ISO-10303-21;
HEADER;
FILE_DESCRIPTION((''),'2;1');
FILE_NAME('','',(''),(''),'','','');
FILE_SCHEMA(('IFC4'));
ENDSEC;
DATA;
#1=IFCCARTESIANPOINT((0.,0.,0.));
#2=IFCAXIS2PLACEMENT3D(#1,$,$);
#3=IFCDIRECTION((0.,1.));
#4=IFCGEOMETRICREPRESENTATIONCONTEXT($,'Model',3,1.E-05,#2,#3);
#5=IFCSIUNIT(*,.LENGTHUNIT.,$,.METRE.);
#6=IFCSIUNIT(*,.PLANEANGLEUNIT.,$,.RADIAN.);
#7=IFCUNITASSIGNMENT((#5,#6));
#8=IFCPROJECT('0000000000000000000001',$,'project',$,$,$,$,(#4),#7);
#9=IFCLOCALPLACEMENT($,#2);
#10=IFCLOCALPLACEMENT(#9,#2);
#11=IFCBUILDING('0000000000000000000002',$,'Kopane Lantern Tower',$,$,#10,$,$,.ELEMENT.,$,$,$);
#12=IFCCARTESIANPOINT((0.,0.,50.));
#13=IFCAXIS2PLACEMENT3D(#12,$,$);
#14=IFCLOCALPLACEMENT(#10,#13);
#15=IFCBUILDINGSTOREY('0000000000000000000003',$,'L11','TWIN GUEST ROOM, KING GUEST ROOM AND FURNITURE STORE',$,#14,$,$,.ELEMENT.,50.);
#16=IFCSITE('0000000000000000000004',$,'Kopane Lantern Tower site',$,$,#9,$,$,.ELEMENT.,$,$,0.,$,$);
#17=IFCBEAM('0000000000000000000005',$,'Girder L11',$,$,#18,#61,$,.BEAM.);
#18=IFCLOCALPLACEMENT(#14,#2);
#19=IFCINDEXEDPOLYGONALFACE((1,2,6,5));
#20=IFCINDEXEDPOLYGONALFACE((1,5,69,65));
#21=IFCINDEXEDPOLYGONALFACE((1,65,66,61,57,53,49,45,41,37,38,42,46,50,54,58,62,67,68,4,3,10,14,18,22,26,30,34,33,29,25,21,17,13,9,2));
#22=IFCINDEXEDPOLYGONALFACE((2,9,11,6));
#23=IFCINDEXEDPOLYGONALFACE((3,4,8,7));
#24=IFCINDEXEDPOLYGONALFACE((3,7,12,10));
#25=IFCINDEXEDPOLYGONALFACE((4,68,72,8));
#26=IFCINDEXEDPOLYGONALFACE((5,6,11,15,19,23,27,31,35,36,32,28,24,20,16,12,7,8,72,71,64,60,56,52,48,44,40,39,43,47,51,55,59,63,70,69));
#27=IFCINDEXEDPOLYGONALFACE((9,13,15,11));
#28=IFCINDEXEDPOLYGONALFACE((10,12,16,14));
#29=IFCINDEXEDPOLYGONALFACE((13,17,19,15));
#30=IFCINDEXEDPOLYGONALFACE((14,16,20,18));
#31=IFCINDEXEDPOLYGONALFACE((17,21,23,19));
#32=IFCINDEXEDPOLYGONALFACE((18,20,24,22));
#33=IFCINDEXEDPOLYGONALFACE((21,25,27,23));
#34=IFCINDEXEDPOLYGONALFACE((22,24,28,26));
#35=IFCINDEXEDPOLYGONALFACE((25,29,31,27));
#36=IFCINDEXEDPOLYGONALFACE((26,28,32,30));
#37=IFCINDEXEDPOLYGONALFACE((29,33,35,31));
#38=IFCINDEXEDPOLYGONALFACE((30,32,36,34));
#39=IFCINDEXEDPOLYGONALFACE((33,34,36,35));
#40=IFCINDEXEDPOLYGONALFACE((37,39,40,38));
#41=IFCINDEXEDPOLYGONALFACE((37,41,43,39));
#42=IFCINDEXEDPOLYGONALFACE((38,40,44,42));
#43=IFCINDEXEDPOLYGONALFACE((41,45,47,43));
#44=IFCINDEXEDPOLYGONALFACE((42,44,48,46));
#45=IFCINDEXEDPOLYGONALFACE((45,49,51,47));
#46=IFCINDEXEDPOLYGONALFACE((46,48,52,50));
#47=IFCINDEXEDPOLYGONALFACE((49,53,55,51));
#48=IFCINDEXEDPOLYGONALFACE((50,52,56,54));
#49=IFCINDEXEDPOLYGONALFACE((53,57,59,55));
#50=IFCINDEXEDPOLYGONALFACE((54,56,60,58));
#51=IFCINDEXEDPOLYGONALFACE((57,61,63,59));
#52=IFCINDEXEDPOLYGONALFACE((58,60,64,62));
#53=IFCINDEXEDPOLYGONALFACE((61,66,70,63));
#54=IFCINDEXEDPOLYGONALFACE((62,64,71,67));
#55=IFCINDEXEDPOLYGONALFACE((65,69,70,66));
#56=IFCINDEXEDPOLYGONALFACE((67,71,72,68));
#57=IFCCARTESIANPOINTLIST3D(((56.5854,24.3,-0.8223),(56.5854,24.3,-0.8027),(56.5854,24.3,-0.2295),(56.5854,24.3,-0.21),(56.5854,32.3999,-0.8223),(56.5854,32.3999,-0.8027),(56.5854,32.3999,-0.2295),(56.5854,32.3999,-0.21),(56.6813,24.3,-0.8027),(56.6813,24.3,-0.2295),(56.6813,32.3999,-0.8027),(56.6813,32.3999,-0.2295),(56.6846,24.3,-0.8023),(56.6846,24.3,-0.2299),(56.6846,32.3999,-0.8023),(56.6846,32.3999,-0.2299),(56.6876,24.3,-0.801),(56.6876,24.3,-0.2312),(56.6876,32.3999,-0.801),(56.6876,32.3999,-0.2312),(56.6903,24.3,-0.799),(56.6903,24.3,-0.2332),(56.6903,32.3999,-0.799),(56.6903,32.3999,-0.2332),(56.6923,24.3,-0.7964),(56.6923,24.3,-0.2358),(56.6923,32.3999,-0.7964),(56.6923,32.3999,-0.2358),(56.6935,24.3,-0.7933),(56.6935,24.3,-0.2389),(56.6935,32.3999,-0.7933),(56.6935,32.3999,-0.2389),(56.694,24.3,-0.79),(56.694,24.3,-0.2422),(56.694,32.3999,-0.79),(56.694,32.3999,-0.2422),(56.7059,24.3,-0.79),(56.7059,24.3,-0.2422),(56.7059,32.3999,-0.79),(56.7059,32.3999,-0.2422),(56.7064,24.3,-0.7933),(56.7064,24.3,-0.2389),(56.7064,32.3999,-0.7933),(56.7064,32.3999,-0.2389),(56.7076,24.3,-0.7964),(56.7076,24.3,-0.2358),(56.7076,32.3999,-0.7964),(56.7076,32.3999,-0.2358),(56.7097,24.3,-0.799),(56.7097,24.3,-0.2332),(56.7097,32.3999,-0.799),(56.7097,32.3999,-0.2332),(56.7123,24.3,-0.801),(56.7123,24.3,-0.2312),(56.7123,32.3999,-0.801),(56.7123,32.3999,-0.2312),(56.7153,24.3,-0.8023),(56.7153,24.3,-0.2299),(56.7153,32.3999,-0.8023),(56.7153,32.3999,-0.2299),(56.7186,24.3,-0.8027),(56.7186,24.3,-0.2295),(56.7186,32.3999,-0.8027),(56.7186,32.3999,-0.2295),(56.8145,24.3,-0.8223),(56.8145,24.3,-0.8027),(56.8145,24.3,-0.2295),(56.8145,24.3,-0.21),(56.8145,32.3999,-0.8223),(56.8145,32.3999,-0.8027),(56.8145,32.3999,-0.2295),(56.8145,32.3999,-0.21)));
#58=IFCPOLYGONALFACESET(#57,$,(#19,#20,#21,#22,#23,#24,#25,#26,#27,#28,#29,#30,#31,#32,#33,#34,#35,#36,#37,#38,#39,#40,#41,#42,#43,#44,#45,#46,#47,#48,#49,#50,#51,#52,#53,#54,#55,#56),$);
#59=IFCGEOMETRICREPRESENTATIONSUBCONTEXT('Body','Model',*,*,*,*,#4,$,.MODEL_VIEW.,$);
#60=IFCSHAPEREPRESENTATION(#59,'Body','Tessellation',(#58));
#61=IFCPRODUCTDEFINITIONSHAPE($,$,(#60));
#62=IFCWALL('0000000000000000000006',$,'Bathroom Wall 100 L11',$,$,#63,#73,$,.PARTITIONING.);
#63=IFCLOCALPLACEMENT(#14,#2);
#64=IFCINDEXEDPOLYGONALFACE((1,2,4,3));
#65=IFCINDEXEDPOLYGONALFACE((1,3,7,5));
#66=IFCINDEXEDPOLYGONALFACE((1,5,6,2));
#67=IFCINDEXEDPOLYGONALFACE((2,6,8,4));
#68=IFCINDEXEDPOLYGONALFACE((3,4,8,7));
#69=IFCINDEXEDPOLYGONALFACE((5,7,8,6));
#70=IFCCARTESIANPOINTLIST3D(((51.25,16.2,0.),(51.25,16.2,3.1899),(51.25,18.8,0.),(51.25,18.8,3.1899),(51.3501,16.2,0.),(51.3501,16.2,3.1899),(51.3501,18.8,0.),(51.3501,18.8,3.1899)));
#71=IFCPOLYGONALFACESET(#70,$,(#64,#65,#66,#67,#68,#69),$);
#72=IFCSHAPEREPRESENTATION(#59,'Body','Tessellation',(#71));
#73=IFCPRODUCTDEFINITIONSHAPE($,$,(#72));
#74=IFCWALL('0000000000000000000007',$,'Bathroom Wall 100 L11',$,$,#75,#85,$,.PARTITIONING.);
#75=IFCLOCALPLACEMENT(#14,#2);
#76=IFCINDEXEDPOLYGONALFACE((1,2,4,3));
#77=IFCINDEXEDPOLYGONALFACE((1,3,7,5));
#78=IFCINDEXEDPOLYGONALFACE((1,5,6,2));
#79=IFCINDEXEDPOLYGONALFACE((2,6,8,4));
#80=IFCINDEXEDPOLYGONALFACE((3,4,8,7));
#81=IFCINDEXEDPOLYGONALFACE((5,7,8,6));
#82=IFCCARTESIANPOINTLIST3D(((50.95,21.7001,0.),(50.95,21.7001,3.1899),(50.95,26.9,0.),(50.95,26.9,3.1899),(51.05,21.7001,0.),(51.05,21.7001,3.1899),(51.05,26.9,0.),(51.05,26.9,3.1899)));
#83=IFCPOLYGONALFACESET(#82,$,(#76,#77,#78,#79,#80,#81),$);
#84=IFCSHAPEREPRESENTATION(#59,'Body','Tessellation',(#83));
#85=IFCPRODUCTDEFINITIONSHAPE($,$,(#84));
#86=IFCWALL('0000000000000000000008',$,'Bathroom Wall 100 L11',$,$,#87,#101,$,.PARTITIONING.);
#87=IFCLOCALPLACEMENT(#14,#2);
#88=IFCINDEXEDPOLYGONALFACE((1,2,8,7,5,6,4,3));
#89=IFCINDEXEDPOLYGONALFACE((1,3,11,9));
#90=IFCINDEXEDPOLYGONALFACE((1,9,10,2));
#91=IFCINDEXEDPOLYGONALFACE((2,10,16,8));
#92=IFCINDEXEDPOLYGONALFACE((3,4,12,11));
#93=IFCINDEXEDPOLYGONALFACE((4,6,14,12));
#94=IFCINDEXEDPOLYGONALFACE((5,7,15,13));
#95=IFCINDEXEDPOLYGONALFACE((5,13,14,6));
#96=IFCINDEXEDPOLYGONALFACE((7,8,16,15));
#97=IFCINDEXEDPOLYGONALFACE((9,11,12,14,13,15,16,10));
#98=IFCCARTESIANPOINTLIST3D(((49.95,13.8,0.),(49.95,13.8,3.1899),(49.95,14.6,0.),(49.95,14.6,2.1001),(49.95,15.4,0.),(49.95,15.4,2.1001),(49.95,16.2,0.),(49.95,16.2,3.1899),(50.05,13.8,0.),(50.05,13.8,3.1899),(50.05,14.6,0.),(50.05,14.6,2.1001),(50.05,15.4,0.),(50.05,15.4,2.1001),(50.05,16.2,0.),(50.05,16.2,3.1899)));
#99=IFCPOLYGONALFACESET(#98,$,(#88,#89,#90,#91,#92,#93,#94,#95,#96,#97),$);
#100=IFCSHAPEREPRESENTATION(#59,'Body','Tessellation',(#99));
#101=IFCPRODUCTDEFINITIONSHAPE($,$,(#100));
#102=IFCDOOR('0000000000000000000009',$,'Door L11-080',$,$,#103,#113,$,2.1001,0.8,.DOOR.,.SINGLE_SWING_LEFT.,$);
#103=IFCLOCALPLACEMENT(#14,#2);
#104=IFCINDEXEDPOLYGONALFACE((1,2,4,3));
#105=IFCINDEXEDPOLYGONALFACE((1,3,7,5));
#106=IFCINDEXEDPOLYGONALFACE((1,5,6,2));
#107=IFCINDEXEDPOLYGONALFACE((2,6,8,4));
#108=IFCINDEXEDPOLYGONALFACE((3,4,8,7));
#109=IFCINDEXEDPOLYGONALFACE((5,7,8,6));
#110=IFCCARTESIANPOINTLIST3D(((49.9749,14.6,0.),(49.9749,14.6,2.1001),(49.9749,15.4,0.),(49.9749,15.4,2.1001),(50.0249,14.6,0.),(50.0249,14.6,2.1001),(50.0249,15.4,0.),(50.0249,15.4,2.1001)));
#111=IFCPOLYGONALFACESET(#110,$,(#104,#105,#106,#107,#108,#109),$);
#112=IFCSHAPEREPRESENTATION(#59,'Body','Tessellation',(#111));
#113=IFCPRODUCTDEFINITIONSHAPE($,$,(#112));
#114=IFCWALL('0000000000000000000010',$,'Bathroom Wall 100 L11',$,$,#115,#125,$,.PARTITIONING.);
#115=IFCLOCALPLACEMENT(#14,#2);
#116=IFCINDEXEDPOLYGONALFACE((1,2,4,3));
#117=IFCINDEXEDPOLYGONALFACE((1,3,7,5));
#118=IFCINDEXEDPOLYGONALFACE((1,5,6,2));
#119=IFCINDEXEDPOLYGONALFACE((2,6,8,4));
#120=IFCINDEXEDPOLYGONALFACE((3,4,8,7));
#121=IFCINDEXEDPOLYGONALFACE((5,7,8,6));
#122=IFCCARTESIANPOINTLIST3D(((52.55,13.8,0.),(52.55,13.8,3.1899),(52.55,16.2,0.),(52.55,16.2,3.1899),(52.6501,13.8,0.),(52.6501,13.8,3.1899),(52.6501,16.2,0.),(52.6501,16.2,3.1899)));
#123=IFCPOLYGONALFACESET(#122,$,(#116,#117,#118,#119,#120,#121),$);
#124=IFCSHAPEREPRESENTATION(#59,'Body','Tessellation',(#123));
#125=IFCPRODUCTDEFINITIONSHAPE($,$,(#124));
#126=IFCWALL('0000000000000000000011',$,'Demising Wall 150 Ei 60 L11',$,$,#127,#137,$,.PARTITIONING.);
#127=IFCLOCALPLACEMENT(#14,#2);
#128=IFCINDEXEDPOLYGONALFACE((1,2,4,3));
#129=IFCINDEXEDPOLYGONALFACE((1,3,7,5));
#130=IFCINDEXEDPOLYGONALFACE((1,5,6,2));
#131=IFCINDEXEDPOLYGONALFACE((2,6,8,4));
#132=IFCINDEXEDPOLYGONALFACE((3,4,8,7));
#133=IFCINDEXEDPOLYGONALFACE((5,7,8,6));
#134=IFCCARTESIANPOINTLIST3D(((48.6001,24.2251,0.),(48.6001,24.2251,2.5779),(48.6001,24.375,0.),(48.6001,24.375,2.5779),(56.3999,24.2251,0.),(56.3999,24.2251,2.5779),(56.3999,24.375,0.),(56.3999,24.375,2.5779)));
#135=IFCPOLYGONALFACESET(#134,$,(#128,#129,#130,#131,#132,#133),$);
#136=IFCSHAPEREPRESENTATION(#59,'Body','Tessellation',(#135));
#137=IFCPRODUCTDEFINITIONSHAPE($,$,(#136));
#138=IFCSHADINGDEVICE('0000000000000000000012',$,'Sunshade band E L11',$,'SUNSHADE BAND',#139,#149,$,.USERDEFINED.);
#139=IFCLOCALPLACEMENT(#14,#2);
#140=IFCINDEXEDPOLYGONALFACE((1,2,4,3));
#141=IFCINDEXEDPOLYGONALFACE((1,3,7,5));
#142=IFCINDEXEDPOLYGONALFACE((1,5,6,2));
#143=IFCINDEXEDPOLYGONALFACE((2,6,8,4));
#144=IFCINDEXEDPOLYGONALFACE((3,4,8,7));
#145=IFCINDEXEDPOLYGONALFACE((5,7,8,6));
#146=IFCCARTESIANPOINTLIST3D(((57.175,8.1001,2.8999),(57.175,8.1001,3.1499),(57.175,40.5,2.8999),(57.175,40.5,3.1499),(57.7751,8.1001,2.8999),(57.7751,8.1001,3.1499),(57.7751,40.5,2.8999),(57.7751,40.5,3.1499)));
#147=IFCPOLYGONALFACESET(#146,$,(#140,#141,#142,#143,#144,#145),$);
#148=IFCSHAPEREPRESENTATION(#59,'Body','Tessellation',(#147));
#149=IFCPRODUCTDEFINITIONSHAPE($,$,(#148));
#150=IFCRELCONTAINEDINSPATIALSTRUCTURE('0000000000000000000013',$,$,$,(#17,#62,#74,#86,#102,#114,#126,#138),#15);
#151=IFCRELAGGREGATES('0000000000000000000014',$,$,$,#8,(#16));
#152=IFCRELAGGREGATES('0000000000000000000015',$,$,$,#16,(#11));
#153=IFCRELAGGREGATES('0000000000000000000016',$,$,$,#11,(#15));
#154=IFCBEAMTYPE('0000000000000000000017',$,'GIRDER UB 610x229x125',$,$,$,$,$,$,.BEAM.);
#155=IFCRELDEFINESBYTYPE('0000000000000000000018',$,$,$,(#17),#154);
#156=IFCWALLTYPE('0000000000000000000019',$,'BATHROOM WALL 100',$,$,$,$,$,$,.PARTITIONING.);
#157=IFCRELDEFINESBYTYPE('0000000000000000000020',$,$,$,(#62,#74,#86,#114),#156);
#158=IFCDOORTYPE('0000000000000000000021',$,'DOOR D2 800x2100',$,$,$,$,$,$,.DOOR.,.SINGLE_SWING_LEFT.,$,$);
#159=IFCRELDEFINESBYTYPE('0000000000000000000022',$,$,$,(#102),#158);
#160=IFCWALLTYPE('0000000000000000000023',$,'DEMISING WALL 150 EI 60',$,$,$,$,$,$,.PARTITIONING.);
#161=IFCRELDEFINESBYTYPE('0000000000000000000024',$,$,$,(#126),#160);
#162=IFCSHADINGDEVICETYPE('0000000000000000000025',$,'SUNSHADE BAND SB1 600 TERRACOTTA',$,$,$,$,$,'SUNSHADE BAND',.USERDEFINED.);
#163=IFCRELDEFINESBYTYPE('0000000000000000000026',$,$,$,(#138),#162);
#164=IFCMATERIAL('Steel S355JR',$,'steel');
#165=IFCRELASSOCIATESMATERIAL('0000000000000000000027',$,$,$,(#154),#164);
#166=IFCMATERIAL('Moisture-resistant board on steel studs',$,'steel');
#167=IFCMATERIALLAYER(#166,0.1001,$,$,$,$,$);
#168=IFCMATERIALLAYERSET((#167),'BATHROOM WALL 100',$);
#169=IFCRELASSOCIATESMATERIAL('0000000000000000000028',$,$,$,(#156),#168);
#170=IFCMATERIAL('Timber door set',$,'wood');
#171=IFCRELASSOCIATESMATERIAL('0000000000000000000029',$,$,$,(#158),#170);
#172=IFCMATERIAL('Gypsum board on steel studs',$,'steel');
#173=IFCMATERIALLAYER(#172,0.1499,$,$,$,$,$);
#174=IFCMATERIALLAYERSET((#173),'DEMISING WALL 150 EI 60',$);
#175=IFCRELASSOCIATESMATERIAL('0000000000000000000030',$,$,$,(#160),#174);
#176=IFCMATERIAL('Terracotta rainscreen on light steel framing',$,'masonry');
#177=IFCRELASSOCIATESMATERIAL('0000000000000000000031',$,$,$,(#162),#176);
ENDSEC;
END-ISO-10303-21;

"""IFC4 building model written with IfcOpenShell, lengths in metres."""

from ifc_helpers import new_model, si_unit, direction, frame, frame_2d, origin, origin_2d, place, context, subcontext, project, spatial, rectangle, i_section, extrude, material, layer, layer_set, material_profile, profile_set, type_object, element, fill, save


model = new_model("IFC4")

# Units and contexts
model_context = context("Model", 3, precision=1e-05, world=origin(), true_north=direction((0.0, 1.0)))
body_context = subcontext(model_context, "Body", "Model", "MODEL_VIEW")
ifc_project = project(units=[si_unit("LENGTHUNIT", "METRE"), si_unit("PLANEANGLEUNIT", "RADIAN")], contexts=[model_context])

# Site, building, storey
site_placement = place(None, origin())
site = spatial("IfcSite", under=ifc_project, at=site_placement, Name="Kopane Lantern Tower site", CompositionType="ELEMENT", RefElevation=0.0)
building_placement = place(site_placement, origin())
building = spatial("IfcBuilding", under=site, at=building_placement, Name="Kopane Lantern Tower", CompositionType="ELEMENT")
storey_placement = place(building_placement, frame((0.0, 0.0, 50.0)))
storey = spatial("IfcBuildingStorey", under=building, at=storey_placement, Name="L11", Description="TWIN GUEST ROOM, KING GUEST ROOM AND FURNITURE STORE", CompositionType="ELEMENT", Elevation=50.0)

# Beam
ifc_material_1 = material(Name="Steel S355JR", Category="steel")
ifc_material_profile_1 = material_profile(ifc_material_1, i_section(OverallWidth=0.229, OverallDepth=0.6123, WebThickness=0.012, FlangeThickness=0.0195, FilletRadius=0.0127, at=origin_2d()), Name="UB 610x229x125")
ifc_profile_set_1 = profile_set([ifc_material_profile_1], Name="Steel S355JR")
beam_type = type_object("IfcBeamType", Name="GIRDER UB 610x229x125", PredefinedType="BEAM", material=ifc_profile_set_1)
beam_1_placement = place(storey_placement, frame((56.7, 24.3, -0.5161), z_axis=(0.0, 1.0, 0.0), x_axis=(-1.0, 0.0, 0.0)))
element("IfcBeam", 1, at=beam_1_placement, inside=storey, type_object=beam_type, Name="Girder L11", PredefinedType="BEAM", context=body_context, shape_type="SweptSolid", body=[
    extrude(i_section(OverallWidth=0.229, OverallDepth=0.6123, WebThickness=0.012, FlangeThickness=0.0195, FilletRadius=0.0127, at=origin_2d()), origin(), (0.0, 0.0, 1.0), 8.0999),
])

# Walls
ifc_material_2 = material(Name="Moisture-resistant board on steel studs", Category="steel")
ifc_layer_1 = layer(ifc_material_2, 0.1001)
ifc_layer_set_1 = layer_set([ifc_layer_1], Name="BATHROOM WALL 100")
wall_type_1 = type_object("IfcWallType", Name="BATHROOM WALL 100", PredefinedType="PARTITIONING", material=ifc_layer_set_1)
wall_1_placement = place(storey_placement, frame((51.3, 16.2, 0.0), z_axis=(0.0, 0.0, 1.0), x_axis=(0.0, 1.0, 0.0)))
element("IfcWall", 2, at=wall_1_placement, inside=storey, type_object=wall_type_1, Name="Bathroom Wall 100 L11", PredefinedType="PARTITIONING", context=body_context, shape_type="SweptSolid", body=[
    extrude(rectangle(XDim=2.6001, YDim=0.1001, at=frame_2d((1.3, 0.0))), origin(), (0.0, 0.0, 1.0), 3.1899),
])
wall_2_placement = place(storey_placement, frame((51.0, 21.7, 0.0), z_axis=(0.0, 0.0, 1.0), x_axis=(0.0, 1.0, 0.0)))
element("IfcWall", 3, at=wall_2_placement, inside=storey, type_object=wall_type_1, Name="Bathroom Wall 100 L11", PredefinedType="PARTITIONING", context=body_context, shape_type="SweptSolid", body=[
    extrude(rectangle(XDim=5.2, YDim=0.1001, at=frame_2d((2.6001, 0.0))), origin(), (0.0, 0.0, 1.0), 3.1899),
])

# Wall, opening, door
wall_3_placement = place(storey_placement, frame((50.0, 16.2, 0.0), z_axis=(0.0, 0.0, 1.0), x_axis=(0.0, -1.0, 0.0)))
wall_3 = element("IfcWall", 4, at=wall_3_placement, inside=storey, type_object=wall_type_1, Name="Bathroom Wall 100 L11", PredefinedType="PARTITIONING", context=body_context, shape_type="SweptSolid", body=[
    extrude(rectangle(XDim=2.3999, YDim=0.1001, at=frame_2d((1.2, 0.0))), origin(), (0.0, 0.0, 1.0), 3.1899),
])
opening_placement = place(wall_3_placement, frame((0.8, 0.0, 0.0)))
opening = element("IfcOpeningElement", 5, at=opening_placement, cuts=wall_3, PredefinedType="OPENING", context=body_context, shape_type="SweptSolid", body=[
    extrude(rectangle(XDim=0.8, YDim=2.1001, at=frame_2d((0.3999, 1.05))), frame((0.0, 0.0601, 0.0), z_axis=(0.0, -1.0, 0.0), x_axis=(1.0, 0.0, 0.0)), (0.0, 0.0, 1.0), 0.1201),
])
ifc_material_3 = material(Name="Timber door set", Category="wood")
door_type = type_object("IfcDoorType", Name="DOOR D2 800x2100", OperationType="SINGLE_SWING_LEFT", PredefinedType="DOOR", material=ifc_material_3)
door_placement = place(opening_placement, origin())
door = element("IfcDoor", 6, at=door_placement, inside=storey, type_object=door_type, Name="Door L11-080", OperationType="SINGLE_SWING_LEFT", OverallHeight=2.1001, OverallWidth=0.8, PredefinedType="DOOR", context=body_context, shape_type="SweptSolid", body=[
    extrude(rectangle(XDim=0.8, YDim=2.1001, at=frame_2d((0.3999, 1.05))), frame((0.0, 0.0249, 0.0), z_axis=(0.0, -1.0, 0.0), x_axis=(1.0, 0.0, 0.0)), (0.0, 0.0, 1.0), 0.05),
])
fill(opening, door)

# Walls
wall_4_placement = place(storey_placement, frame((52.6001, 16.2, 0.0), z_axis=(0.0, 0.0, 1.0), x_axis=(0.0, -1.0, 0.0)))
element("IfcWall", 7, at=wall_4_placement, inside=storey, type_object=wall_type_1, Name="Bathroom Wall 100 L11", PredefinedType="PARTITIONING", context=body_context, shape_type="SweptSolid", body=[
    extrude(rectangle(XDim=2.3999, YDim=0.1001, at=frame_2d((1.2, 0.0))), origin(), (0.0, 0.0, 1.0), 3.1899),
])
ifc_material_4 = material(Name="Gypsum board on steel studs", Category="steel")
ifc_layer_2 = layer(ifc_material_4, 0.1499)
ifc_layer_set_2 = layer_set([ifc_layer_2], Name="DEMISING WALL 150 EI 60")
wall_type_2 = type_object("IfcWallType", Name="DEMISING WALL 150 EI 60", PredefinedType="PARTITIONING", material=ifc_layer_set_2)
wall_5_placement = place(storey_placement, frame((48.6001, 24.3, 0.0), z_axis=(0.0, 0.0, 1.0), x_axis=(1.0, 0.0, 0.0)))
element("IfcWall", 8, at=wall_5_placement, inside=storey, type_object=wall_type_2, Name="Demising Wall 150 Ei 60 L11", PredefinedType="PARTITIONING", context=body_context, shape_type="SweptSolid", body=[
    extrude(rectangle(XDim=7.7998, YDim=0.1499, at=frame_2d((3.8999, 0.0))), origin(), (0.0, 0.0, 1.0), 2.5779),
])

# Shading device
ifc_material_5 = material(Name="Terracotta rainscreen on light steel framing", Category="masonry")
shading_device_type = type_object("IfcShadingDeviceType", Name="SUNSHADE BAND SB1 600 TERRACOTTA", ElementType="SUNSHADE BAND", PredefinedType="USERDEFINED", material=ifc_material_5)
shading_device_placement = place(storey_placement, frame((57.4751, 24.3, 2.8999), z_axis=(0.0, 0.0, 1.0), x_axis=(0.0, 1.0, 0.0)))
element("IfcShadingDevice", 9, at=shading_device_placement, inside=storey, type_object=shading_device_type, Name="Sunshade band E L11", ObjectType="SUNSHADE BAND", PredefinedType="USERDEFINED", context=body_context, shape_type="SweptSolid", body=[
    extrude(rectangle(XDim=32.3999, YDim=0.6001, at=origin_2d()), origin(), (0.0, 0.0, 1.0), 0.25),
])

save(model, "model.ifc")
